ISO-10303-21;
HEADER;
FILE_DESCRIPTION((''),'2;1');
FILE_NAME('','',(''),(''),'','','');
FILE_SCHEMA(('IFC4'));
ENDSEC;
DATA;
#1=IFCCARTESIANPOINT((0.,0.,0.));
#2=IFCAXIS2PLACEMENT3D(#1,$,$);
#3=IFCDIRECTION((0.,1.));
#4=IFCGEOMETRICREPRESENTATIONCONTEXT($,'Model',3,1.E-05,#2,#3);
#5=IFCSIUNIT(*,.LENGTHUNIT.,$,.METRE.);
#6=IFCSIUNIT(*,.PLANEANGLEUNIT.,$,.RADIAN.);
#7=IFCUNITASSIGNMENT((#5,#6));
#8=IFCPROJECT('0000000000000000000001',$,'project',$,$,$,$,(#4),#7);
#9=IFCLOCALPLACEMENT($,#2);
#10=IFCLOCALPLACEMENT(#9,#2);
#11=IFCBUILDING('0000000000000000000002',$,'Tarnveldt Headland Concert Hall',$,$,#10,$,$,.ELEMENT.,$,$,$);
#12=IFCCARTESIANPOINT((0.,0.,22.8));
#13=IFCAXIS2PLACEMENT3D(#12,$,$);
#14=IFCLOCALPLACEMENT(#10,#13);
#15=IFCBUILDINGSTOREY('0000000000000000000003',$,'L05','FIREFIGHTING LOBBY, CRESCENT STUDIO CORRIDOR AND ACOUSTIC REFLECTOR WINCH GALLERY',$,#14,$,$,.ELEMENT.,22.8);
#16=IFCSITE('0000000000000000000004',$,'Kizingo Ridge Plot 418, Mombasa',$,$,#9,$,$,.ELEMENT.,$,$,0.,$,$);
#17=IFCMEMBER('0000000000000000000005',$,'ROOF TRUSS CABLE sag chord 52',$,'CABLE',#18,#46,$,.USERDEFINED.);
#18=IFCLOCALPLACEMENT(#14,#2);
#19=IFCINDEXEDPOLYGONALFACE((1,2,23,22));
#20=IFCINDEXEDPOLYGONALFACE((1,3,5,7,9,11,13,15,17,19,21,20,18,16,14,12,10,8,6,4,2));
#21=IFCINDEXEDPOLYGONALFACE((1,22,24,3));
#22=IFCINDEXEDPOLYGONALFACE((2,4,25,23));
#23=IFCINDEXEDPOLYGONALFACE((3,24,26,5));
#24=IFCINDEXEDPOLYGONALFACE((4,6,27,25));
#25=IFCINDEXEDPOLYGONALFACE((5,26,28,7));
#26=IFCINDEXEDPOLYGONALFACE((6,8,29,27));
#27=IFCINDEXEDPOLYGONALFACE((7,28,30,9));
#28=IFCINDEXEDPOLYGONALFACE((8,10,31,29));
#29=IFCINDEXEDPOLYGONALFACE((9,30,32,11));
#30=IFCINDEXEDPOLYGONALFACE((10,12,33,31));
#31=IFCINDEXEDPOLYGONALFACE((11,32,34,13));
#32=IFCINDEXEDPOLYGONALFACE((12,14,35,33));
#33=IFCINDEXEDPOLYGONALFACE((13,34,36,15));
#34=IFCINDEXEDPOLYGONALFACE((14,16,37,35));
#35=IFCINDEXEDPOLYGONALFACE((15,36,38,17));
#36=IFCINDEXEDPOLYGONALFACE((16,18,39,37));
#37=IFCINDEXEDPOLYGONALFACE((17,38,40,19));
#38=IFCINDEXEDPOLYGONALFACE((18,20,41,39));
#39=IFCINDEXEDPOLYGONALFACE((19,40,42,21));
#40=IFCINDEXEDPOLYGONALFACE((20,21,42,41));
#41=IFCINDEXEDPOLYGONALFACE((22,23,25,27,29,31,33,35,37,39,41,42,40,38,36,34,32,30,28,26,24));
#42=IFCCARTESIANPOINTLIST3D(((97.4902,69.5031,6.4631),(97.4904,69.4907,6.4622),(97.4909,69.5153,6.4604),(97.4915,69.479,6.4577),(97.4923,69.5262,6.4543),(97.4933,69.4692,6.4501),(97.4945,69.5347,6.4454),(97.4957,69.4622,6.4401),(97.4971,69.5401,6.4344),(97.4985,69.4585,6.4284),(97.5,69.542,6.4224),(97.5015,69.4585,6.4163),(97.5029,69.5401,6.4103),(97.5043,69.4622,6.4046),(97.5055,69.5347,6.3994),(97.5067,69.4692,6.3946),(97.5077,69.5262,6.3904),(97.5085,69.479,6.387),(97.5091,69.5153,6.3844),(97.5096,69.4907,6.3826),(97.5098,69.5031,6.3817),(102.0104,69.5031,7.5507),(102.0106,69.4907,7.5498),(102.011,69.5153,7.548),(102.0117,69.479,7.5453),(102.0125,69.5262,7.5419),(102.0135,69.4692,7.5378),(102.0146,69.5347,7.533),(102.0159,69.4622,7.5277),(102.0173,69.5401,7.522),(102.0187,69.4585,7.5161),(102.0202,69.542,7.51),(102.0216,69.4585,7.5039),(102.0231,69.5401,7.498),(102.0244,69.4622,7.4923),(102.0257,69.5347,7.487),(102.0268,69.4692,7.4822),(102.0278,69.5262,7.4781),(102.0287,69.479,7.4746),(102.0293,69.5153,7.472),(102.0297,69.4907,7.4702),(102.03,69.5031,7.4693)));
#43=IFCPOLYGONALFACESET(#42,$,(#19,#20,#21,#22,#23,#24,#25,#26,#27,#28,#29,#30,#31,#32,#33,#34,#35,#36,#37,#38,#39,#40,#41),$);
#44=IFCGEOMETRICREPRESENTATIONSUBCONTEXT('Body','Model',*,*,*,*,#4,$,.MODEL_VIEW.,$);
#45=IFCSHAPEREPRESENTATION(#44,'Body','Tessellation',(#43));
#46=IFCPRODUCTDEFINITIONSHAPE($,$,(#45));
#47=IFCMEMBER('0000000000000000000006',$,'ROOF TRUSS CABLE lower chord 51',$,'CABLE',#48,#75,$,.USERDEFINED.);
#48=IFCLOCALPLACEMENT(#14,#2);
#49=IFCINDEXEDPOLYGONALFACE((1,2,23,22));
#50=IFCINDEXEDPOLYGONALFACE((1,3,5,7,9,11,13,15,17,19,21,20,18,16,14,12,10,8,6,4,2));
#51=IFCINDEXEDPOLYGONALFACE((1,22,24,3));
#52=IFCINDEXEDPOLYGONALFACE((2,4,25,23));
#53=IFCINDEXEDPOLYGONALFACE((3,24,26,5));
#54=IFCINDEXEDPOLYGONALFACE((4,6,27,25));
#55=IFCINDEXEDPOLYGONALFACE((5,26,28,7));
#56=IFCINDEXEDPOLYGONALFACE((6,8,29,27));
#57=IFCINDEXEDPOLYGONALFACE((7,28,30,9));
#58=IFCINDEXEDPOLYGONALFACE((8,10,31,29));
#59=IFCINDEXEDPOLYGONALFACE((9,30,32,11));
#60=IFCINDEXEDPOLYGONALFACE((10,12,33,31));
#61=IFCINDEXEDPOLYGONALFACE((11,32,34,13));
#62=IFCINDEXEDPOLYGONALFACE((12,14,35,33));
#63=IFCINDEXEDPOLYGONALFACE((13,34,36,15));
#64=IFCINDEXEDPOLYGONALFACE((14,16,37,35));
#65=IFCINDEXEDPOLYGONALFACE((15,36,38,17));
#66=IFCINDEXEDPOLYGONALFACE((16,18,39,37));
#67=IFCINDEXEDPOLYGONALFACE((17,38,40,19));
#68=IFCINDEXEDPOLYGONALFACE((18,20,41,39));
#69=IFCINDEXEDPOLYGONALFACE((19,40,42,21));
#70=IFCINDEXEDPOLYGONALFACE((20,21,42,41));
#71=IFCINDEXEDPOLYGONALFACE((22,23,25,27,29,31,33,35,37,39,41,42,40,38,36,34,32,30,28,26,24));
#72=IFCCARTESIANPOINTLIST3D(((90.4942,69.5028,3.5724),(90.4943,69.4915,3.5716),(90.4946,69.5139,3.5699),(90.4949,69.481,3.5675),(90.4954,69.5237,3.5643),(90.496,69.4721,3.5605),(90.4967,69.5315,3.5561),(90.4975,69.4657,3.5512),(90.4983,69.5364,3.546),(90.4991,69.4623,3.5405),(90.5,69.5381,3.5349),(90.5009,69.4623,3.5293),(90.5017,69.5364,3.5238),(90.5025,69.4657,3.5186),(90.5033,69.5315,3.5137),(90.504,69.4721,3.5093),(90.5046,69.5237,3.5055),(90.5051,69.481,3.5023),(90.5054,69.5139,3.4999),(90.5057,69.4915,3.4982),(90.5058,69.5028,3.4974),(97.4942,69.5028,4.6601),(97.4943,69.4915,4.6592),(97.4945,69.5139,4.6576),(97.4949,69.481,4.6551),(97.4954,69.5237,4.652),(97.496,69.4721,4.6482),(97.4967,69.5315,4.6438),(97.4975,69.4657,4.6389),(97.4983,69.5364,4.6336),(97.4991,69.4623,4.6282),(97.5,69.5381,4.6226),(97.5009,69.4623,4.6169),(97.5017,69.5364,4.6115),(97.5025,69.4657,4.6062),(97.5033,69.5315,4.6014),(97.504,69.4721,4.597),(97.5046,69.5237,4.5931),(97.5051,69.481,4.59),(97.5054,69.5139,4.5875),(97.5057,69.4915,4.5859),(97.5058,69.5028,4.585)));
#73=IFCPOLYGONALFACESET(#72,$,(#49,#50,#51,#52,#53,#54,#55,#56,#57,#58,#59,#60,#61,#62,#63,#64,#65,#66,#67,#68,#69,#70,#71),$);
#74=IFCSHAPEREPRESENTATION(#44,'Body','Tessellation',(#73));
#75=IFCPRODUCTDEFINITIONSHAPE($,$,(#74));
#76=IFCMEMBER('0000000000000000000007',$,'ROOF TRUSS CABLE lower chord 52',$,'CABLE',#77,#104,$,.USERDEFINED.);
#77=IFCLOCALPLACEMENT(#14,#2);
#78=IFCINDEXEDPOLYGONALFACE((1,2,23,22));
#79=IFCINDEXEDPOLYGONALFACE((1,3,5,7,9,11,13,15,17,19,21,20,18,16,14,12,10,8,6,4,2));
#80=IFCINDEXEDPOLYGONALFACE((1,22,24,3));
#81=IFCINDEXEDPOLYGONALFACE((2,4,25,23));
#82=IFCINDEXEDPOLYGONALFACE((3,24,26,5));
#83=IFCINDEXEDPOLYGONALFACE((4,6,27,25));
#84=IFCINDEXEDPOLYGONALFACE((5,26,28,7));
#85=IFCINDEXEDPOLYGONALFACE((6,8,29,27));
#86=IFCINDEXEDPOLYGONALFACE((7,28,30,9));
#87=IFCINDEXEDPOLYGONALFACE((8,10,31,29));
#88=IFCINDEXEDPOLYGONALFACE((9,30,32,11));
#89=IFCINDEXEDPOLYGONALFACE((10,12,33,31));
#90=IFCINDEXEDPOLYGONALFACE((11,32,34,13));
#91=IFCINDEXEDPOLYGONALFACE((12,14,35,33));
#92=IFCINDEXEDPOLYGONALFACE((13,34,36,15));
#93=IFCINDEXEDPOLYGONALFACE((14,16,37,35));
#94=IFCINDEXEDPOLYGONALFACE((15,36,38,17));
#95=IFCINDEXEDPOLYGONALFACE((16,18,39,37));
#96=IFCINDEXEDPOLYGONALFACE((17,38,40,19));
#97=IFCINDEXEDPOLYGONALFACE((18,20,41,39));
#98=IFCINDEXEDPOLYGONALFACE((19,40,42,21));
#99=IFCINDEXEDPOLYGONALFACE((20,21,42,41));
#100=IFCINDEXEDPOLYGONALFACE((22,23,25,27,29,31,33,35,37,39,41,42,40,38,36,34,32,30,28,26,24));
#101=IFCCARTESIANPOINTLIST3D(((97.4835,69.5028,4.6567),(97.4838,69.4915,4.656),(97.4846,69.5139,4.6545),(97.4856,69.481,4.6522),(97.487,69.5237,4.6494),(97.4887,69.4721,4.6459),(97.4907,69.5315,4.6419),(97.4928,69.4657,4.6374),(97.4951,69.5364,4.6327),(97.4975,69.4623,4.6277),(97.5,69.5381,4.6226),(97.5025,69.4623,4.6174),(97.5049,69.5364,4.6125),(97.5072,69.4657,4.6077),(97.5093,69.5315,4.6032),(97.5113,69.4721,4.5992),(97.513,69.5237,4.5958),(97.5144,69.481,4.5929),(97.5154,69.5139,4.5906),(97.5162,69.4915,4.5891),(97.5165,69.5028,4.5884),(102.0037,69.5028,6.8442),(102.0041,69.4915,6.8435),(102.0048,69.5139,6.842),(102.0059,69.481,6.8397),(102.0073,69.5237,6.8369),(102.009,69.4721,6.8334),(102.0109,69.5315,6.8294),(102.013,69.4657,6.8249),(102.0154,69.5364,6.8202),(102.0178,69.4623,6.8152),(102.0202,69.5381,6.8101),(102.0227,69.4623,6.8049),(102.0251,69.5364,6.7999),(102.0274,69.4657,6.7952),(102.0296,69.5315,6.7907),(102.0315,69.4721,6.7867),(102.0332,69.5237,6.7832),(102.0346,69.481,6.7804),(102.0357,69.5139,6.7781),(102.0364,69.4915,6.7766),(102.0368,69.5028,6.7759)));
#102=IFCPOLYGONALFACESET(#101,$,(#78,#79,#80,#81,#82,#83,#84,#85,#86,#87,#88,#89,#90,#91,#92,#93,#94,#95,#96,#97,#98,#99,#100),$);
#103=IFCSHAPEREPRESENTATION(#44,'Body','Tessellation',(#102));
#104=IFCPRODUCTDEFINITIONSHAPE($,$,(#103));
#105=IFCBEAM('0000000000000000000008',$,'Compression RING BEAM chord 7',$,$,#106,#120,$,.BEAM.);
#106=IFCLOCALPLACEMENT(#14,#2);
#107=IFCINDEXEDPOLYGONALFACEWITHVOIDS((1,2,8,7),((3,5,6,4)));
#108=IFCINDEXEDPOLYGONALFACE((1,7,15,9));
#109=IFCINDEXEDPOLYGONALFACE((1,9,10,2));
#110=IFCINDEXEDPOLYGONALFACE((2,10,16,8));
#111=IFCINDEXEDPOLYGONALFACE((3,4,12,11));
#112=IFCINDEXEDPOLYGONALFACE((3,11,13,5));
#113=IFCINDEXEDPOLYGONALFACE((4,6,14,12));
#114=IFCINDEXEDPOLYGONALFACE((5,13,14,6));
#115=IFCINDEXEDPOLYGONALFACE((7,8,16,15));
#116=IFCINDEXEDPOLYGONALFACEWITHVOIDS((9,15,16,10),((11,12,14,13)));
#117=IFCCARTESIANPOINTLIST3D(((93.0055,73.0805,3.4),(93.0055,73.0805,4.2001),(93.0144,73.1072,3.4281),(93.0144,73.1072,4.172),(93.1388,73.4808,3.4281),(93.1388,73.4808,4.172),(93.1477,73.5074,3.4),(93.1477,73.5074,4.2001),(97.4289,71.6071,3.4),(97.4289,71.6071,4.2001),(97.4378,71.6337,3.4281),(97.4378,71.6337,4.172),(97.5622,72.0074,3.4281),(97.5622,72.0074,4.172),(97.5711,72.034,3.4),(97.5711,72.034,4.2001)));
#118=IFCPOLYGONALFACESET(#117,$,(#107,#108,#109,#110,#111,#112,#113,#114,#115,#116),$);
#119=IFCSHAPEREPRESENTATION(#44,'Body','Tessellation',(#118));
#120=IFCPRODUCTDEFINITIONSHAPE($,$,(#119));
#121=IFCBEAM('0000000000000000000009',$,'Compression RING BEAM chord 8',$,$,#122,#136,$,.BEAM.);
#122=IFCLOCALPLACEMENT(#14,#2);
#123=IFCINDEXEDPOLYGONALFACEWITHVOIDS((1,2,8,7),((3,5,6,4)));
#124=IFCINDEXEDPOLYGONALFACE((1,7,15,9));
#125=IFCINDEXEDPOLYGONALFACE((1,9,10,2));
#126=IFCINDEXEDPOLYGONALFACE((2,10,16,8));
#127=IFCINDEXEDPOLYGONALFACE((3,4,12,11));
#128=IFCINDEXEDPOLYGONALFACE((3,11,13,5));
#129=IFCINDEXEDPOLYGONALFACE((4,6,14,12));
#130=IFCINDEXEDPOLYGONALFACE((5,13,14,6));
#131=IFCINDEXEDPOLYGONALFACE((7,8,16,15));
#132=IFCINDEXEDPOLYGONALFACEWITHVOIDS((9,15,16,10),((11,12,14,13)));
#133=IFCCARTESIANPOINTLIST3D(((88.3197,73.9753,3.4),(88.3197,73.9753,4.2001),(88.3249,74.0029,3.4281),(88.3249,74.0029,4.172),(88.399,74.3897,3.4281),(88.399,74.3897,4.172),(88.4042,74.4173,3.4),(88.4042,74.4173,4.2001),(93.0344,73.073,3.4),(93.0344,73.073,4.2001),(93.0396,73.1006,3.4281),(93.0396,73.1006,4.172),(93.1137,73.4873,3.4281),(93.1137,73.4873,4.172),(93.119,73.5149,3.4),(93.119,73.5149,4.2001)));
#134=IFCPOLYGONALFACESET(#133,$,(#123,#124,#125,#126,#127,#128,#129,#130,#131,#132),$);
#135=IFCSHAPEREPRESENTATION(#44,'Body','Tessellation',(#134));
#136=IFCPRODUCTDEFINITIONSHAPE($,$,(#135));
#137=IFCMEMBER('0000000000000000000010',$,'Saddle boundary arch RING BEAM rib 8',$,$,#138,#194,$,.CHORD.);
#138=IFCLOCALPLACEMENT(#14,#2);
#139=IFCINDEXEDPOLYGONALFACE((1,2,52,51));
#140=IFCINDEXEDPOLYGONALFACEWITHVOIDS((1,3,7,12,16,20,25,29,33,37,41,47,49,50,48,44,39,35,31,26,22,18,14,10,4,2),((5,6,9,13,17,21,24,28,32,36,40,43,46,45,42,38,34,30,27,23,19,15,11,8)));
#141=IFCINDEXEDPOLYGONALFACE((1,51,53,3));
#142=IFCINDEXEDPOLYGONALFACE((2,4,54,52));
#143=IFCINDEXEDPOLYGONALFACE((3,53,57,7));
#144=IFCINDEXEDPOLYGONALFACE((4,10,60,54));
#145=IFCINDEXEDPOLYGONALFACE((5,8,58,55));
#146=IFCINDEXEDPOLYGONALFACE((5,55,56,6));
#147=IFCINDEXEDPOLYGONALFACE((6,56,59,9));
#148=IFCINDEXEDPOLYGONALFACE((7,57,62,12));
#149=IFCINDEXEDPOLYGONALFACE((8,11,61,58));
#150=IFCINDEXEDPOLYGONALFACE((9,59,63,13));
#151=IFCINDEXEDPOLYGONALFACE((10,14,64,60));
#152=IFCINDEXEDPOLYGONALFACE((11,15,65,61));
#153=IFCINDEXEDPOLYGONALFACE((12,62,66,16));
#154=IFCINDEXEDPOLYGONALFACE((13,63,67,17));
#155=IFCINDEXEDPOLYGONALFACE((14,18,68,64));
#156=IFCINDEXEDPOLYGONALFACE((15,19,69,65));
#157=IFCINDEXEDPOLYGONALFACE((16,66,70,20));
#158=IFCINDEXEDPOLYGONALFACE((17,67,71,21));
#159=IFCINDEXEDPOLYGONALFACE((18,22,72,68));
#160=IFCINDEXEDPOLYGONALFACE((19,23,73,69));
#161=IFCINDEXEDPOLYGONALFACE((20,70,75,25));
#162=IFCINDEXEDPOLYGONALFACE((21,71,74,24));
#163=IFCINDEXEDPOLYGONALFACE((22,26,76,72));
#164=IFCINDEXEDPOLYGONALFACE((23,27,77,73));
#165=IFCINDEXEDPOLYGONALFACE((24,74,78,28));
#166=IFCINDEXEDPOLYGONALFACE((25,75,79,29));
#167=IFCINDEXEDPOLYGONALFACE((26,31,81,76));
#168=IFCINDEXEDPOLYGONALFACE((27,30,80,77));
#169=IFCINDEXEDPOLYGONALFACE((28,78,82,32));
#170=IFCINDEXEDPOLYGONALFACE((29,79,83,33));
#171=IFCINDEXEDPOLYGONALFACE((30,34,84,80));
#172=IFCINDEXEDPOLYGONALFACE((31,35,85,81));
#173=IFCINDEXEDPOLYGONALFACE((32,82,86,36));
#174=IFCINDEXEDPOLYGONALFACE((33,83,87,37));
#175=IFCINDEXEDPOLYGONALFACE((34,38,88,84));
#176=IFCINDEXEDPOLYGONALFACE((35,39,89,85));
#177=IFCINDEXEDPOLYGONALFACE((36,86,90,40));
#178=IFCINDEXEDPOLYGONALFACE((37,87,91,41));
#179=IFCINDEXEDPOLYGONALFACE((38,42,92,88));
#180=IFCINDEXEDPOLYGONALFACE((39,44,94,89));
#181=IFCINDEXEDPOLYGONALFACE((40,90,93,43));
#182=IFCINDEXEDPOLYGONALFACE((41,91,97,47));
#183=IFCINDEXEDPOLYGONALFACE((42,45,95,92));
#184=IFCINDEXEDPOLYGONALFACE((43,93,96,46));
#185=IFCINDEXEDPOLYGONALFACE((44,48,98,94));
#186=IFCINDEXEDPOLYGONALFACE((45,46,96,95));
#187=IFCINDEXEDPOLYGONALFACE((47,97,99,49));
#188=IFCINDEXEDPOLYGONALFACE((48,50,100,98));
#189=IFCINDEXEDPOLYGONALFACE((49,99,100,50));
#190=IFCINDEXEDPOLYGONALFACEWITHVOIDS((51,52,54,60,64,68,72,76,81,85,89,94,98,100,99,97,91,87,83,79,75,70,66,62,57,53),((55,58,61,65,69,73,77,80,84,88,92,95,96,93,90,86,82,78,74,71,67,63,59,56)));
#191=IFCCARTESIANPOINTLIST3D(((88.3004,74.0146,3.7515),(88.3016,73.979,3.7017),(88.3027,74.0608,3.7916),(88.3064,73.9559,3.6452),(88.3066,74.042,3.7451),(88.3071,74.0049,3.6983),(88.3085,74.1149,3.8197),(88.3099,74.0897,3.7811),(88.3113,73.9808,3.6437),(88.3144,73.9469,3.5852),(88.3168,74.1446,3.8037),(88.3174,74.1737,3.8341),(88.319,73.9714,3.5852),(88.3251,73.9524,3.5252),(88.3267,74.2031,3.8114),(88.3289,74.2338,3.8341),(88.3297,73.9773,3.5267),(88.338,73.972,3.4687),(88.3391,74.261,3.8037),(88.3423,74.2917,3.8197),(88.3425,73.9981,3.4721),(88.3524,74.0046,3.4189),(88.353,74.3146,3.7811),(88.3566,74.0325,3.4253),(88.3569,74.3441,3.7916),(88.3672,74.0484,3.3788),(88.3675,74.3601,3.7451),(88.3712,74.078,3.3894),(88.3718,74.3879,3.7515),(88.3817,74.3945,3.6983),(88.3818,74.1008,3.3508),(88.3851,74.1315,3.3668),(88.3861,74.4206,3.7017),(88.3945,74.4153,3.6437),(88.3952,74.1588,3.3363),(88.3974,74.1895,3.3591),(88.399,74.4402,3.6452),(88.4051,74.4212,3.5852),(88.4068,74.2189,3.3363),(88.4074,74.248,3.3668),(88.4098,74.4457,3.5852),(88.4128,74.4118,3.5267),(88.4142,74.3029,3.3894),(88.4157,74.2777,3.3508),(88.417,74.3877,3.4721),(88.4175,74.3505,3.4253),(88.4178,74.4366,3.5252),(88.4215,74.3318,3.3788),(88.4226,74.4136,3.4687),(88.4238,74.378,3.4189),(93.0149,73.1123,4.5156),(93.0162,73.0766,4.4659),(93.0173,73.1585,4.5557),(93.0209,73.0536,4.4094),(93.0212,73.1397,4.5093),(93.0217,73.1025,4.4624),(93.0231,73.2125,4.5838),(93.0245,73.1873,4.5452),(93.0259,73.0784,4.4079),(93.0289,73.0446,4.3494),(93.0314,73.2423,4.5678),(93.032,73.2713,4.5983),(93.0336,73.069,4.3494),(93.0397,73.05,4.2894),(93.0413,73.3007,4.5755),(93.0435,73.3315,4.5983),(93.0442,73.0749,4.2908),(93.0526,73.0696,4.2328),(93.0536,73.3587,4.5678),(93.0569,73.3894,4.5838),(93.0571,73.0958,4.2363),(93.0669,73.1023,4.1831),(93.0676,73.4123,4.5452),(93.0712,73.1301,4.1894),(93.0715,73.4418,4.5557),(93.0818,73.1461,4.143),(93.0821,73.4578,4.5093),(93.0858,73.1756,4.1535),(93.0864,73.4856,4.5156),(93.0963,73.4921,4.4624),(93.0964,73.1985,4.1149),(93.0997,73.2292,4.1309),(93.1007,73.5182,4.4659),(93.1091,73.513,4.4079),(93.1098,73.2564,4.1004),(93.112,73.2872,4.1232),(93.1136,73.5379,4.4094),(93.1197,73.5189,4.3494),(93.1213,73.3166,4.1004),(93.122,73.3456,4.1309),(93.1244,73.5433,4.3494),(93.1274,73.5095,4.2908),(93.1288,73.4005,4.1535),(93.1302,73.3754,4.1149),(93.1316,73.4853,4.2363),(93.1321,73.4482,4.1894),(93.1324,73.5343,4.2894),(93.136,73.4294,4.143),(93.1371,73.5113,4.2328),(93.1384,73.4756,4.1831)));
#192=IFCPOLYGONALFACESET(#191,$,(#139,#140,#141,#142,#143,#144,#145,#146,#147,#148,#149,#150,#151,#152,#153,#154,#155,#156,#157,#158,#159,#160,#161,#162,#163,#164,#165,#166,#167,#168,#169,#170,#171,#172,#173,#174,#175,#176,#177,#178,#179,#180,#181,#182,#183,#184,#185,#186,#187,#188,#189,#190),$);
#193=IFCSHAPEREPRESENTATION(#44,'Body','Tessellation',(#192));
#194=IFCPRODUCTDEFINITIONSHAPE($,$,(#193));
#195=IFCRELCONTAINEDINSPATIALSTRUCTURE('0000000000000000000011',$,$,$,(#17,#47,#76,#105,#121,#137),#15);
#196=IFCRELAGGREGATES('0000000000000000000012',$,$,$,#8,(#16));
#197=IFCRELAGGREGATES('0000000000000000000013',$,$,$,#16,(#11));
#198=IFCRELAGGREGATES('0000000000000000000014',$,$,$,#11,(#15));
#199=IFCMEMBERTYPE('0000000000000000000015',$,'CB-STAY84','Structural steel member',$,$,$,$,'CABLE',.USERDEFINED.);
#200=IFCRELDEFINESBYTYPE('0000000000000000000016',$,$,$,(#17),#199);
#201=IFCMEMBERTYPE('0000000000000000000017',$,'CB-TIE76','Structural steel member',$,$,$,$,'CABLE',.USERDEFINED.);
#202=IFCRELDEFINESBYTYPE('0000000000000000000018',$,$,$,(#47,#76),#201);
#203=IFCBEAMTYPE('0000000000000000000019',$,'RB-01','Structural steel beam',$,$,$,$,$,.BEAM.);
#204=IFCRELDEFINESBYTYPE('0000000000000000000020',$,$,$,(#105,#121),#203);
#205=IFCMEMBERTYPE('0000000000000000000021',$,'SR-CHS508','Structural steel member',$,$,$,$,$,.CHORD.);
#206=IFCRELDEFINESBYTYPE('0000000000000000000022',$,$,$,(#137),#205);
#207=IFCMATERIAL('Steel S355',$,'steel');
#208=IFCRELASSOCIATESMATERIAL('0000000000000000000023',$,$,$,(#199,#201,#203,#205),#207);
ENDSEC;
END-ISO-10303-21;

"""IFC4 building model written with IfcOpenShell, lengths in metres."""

from ifc_helpers import new_model, si_unit, direction, frame, origin, origin_2d, place, context, subcontext, project, spatial, hollow_rectangle, circle, hollow_circle, extrude, material, material_profile, profile_set, type_object, element, save


model = new_model("IFC4")

# Units and contexts
model_context = context("Model", 3, precision=1e-05, world=origin(), true_north=direction((0.0, 1.0)))
body_context = subcontext(model_context, "Body", "Model", "MODEL_VIEW")
ifc_project = project(units=[si_unit("LENGTHUNIT", "METRE"), si_unit("PLANEANGLEUNIT", "RADIAN")], contexts=[model_context])

# Site, building, storey
site_placement = place(None, origin())
site = spatial("IfcSite", under=ifc_project, at=site_placement, Name="Kizingo Ridge Plot 418, Mombasa", CompositionType="ELEMENT", RefElevation=0.0)
building_placement = place(site_placement, origin())
building = spatial("IfcBuilding", under=site, at=building_placement, Name="Tarnveldt Headland Concert Hall", CompositionType="ELEMENT")
storey_placement = place(building_placement, frame((0.0, 0.0, 22.8)))
storey = spatial("IfcBuildingStorey", under=building, at=storey_placement, Name="L05", Description="FIREFIGHTING LOBBY, CRESCENT STUDIO CORRIDOR AND ACOUSTIC REFLECTOR WINCH GALLERY", CompositionType="ELEMENT", Elevation=22.8)

# Members
ifc_material_1 = material(Name="Steel S355", Category="steel")
ifc_material_profile_1 = material_profile(ifc_material_1, circle(Radius=0.042, at=origin_2d()), Name="LC D84", Category="steel")
ifc_profile_set_1 = profile_set([ifc_material_profile_1], Name="Steel S355")
member_type_1 = type_object("IfcMemberType", Name="CB-STAY84", Description="Structural steel member", ElementType="CABLE", PredefinedType="USERDEFINED", material=ifc_profile_set_1)
member_1_placement = place(storey_placement, frame((97.5, 69.5, 6.4224), z_axis=(0.972251, 0.0, 0.233939), x_axis=(0.0, 1.0, 0.0)))
element("IfcMember", 1, at=member_1_placement, inside=storey, type_object=member_type_1, Name="ROOF TRUSS CABLE sag chord 52", ObjectType="CABLE", PredefinedType="USERDEFINED", context=body_context, shape_type="SweptSolid", body=[
    extrude(circle(Radius=0.042, at=origin_2d()), origin(), (0.0, 0.0, 1.0), 4.6492),
])
ifc_material_profile_2 = material_profile(ifc_material_1, circle(Radius=0.0381, at=origin_2d()), Name="LC D76", Category="steel")
ifc_profile_set_2 = profile_set([ifc_material_profile_2], Name="Steel S355")
member_type_2 = type_object("IfcMemberType", Name="CB-TIE76", Description="Structural steel member", ElementType="CABLE", PredefinedType="USERDEFINED", material=ifc_profile_set_2)
member_2_placement = place(storey_placement, frame((90.5, 69.5, 3.5349), z_axis=(0.988143, 0.0, 0.153536), x_axis=(0.0, 1.0, 0.0)))
element("IfcMember", 2, at=member_2_placement, inside=storey, type_object=member_type_2, Name="ROOF TRUSS CABLE lower chord 51", ObjectType="CABLE", PredefinedType="USERDEFINED", context=body_context, shape_type="SweptSolid", body=[
    extrude(circle(Radius=0.0381, at=origin_2d()), origin(), (0.0, 0.0, 1.0), 7.084),
])
member_3_placement = place(storey_placement, frame((97.5, 69.5, 4.6226), z_axis=(0.900138, 0.0, 0.435605), x_axis=(0.0, 1.0, 0.0)))
element("IfcMember", 3, at=member_3_placement, inside=storey, type_object=member_type_2, Name="ROOF TRUSS CABLE lower chord 52", ObjectType="CABLE", PredefinedType="USERDEFINED", context=body_context, shape_type="SweptSolid", body=[
    extrude(circle(Radius=0.0381, at=origin_2d()), origin(), (0.0, 0.0, 1.0), 5.0217),
])

# Beams
ifc_material_profile_3 = material_profile(ifc_material_1, hollow_rectangle(XDim=0.45, YDim=0.8, WallThickness=0.0281, at=origin_2d()), Name="RHS 800x450x28", Category="steel")
ifc_profile_set_3 = profile_set([ifc_material_profile_3], Name="Steel S355")
beam_type = type_object("IfcBeamType", Name="RB-01", Description="Structural steel beam", PredefinedType="BEAM", material=ifc_profile_set_3)
beam_1_placement = place(storey_placement, frame((97.5, 71.8206, 3.8), z_axis=(-0.948751, 0.316024, 0.0), x_axis=(-0.316024, -0.948751, 0.0)))
element("IfcBeam", 4, at=beam_1_placement, inside=storey, type_object=beam_type, Name="Compression RING BEAM chord 7", PredefinedType="BEAM", context=body_context, shape_type="SweptSolid", body=[
    extrude(hollow_rectangle(XDim=0.45, YDim=0.8, WallThickness=0.0281, at=origin_2d()), origin(), (0.0, 0.0, 1.0), 4.6624),
])
beam_2_placement = place(storey_placement, frame((93.0767, 73.2939, 3.8), z_axis=(-0.982173, 0.187981, 0.0), x_axis=(-0.187981, -0.982173, 0.0)))
element("IfcBeam", 5, at=beam_2_placement, inside=storey, type_object=beam_type, Name="Compression RING BEAM chord 8", PredefinedType="BEAM", context=body_context, shape_type="SweptSolid", body=[
    extrude(hollow_rectangle(XDim=0.45, YDim=0.8, WallThickness=0.0281, at=origin_2d()), origin(), (0.0, 0.0, 1.0), 4.8003),
])

# Member
ifc_material_profile_4 = material_profile(ifc_material_1, hollow_circle(Radius=0.2539, WallThickness=0.0249, at=origin_2d()), Name="CHS 508x25", Category="steel")
ifc_profile_set_4 = profile_set([ifc_material_profile_4], Name="Steel S355")
member_type_3 = type_object("IfcMemberType", Name="SR-CHS508", Description="Structural steel member", PredefinedType="CHORD", material=ifc_profile_set_4)
member_4_placement = place(storey_placement, frame((93.0767, 73.2939, 4.3494), z_axis=(-0.969959, 0.185644, -0.157215), x_axis=(-0.187981, -0.982173, 0.0)))
element("IfcMember", 6, at=member_4_placement, inside=storey, type_object=member_type_3, Name="Saddle boundary arch RING BEAM rib 8", PredefinedType="CHORD", context=body_context, shape_type="SweptSolid", body=[
    extrude(hollow_circle(Radius=0.2539, WallThickness=0.0249, at=origin_2d()), origin(), (0.0, 0.0, 1.0), 4.8606),
])

save(model, "model.ifc")
